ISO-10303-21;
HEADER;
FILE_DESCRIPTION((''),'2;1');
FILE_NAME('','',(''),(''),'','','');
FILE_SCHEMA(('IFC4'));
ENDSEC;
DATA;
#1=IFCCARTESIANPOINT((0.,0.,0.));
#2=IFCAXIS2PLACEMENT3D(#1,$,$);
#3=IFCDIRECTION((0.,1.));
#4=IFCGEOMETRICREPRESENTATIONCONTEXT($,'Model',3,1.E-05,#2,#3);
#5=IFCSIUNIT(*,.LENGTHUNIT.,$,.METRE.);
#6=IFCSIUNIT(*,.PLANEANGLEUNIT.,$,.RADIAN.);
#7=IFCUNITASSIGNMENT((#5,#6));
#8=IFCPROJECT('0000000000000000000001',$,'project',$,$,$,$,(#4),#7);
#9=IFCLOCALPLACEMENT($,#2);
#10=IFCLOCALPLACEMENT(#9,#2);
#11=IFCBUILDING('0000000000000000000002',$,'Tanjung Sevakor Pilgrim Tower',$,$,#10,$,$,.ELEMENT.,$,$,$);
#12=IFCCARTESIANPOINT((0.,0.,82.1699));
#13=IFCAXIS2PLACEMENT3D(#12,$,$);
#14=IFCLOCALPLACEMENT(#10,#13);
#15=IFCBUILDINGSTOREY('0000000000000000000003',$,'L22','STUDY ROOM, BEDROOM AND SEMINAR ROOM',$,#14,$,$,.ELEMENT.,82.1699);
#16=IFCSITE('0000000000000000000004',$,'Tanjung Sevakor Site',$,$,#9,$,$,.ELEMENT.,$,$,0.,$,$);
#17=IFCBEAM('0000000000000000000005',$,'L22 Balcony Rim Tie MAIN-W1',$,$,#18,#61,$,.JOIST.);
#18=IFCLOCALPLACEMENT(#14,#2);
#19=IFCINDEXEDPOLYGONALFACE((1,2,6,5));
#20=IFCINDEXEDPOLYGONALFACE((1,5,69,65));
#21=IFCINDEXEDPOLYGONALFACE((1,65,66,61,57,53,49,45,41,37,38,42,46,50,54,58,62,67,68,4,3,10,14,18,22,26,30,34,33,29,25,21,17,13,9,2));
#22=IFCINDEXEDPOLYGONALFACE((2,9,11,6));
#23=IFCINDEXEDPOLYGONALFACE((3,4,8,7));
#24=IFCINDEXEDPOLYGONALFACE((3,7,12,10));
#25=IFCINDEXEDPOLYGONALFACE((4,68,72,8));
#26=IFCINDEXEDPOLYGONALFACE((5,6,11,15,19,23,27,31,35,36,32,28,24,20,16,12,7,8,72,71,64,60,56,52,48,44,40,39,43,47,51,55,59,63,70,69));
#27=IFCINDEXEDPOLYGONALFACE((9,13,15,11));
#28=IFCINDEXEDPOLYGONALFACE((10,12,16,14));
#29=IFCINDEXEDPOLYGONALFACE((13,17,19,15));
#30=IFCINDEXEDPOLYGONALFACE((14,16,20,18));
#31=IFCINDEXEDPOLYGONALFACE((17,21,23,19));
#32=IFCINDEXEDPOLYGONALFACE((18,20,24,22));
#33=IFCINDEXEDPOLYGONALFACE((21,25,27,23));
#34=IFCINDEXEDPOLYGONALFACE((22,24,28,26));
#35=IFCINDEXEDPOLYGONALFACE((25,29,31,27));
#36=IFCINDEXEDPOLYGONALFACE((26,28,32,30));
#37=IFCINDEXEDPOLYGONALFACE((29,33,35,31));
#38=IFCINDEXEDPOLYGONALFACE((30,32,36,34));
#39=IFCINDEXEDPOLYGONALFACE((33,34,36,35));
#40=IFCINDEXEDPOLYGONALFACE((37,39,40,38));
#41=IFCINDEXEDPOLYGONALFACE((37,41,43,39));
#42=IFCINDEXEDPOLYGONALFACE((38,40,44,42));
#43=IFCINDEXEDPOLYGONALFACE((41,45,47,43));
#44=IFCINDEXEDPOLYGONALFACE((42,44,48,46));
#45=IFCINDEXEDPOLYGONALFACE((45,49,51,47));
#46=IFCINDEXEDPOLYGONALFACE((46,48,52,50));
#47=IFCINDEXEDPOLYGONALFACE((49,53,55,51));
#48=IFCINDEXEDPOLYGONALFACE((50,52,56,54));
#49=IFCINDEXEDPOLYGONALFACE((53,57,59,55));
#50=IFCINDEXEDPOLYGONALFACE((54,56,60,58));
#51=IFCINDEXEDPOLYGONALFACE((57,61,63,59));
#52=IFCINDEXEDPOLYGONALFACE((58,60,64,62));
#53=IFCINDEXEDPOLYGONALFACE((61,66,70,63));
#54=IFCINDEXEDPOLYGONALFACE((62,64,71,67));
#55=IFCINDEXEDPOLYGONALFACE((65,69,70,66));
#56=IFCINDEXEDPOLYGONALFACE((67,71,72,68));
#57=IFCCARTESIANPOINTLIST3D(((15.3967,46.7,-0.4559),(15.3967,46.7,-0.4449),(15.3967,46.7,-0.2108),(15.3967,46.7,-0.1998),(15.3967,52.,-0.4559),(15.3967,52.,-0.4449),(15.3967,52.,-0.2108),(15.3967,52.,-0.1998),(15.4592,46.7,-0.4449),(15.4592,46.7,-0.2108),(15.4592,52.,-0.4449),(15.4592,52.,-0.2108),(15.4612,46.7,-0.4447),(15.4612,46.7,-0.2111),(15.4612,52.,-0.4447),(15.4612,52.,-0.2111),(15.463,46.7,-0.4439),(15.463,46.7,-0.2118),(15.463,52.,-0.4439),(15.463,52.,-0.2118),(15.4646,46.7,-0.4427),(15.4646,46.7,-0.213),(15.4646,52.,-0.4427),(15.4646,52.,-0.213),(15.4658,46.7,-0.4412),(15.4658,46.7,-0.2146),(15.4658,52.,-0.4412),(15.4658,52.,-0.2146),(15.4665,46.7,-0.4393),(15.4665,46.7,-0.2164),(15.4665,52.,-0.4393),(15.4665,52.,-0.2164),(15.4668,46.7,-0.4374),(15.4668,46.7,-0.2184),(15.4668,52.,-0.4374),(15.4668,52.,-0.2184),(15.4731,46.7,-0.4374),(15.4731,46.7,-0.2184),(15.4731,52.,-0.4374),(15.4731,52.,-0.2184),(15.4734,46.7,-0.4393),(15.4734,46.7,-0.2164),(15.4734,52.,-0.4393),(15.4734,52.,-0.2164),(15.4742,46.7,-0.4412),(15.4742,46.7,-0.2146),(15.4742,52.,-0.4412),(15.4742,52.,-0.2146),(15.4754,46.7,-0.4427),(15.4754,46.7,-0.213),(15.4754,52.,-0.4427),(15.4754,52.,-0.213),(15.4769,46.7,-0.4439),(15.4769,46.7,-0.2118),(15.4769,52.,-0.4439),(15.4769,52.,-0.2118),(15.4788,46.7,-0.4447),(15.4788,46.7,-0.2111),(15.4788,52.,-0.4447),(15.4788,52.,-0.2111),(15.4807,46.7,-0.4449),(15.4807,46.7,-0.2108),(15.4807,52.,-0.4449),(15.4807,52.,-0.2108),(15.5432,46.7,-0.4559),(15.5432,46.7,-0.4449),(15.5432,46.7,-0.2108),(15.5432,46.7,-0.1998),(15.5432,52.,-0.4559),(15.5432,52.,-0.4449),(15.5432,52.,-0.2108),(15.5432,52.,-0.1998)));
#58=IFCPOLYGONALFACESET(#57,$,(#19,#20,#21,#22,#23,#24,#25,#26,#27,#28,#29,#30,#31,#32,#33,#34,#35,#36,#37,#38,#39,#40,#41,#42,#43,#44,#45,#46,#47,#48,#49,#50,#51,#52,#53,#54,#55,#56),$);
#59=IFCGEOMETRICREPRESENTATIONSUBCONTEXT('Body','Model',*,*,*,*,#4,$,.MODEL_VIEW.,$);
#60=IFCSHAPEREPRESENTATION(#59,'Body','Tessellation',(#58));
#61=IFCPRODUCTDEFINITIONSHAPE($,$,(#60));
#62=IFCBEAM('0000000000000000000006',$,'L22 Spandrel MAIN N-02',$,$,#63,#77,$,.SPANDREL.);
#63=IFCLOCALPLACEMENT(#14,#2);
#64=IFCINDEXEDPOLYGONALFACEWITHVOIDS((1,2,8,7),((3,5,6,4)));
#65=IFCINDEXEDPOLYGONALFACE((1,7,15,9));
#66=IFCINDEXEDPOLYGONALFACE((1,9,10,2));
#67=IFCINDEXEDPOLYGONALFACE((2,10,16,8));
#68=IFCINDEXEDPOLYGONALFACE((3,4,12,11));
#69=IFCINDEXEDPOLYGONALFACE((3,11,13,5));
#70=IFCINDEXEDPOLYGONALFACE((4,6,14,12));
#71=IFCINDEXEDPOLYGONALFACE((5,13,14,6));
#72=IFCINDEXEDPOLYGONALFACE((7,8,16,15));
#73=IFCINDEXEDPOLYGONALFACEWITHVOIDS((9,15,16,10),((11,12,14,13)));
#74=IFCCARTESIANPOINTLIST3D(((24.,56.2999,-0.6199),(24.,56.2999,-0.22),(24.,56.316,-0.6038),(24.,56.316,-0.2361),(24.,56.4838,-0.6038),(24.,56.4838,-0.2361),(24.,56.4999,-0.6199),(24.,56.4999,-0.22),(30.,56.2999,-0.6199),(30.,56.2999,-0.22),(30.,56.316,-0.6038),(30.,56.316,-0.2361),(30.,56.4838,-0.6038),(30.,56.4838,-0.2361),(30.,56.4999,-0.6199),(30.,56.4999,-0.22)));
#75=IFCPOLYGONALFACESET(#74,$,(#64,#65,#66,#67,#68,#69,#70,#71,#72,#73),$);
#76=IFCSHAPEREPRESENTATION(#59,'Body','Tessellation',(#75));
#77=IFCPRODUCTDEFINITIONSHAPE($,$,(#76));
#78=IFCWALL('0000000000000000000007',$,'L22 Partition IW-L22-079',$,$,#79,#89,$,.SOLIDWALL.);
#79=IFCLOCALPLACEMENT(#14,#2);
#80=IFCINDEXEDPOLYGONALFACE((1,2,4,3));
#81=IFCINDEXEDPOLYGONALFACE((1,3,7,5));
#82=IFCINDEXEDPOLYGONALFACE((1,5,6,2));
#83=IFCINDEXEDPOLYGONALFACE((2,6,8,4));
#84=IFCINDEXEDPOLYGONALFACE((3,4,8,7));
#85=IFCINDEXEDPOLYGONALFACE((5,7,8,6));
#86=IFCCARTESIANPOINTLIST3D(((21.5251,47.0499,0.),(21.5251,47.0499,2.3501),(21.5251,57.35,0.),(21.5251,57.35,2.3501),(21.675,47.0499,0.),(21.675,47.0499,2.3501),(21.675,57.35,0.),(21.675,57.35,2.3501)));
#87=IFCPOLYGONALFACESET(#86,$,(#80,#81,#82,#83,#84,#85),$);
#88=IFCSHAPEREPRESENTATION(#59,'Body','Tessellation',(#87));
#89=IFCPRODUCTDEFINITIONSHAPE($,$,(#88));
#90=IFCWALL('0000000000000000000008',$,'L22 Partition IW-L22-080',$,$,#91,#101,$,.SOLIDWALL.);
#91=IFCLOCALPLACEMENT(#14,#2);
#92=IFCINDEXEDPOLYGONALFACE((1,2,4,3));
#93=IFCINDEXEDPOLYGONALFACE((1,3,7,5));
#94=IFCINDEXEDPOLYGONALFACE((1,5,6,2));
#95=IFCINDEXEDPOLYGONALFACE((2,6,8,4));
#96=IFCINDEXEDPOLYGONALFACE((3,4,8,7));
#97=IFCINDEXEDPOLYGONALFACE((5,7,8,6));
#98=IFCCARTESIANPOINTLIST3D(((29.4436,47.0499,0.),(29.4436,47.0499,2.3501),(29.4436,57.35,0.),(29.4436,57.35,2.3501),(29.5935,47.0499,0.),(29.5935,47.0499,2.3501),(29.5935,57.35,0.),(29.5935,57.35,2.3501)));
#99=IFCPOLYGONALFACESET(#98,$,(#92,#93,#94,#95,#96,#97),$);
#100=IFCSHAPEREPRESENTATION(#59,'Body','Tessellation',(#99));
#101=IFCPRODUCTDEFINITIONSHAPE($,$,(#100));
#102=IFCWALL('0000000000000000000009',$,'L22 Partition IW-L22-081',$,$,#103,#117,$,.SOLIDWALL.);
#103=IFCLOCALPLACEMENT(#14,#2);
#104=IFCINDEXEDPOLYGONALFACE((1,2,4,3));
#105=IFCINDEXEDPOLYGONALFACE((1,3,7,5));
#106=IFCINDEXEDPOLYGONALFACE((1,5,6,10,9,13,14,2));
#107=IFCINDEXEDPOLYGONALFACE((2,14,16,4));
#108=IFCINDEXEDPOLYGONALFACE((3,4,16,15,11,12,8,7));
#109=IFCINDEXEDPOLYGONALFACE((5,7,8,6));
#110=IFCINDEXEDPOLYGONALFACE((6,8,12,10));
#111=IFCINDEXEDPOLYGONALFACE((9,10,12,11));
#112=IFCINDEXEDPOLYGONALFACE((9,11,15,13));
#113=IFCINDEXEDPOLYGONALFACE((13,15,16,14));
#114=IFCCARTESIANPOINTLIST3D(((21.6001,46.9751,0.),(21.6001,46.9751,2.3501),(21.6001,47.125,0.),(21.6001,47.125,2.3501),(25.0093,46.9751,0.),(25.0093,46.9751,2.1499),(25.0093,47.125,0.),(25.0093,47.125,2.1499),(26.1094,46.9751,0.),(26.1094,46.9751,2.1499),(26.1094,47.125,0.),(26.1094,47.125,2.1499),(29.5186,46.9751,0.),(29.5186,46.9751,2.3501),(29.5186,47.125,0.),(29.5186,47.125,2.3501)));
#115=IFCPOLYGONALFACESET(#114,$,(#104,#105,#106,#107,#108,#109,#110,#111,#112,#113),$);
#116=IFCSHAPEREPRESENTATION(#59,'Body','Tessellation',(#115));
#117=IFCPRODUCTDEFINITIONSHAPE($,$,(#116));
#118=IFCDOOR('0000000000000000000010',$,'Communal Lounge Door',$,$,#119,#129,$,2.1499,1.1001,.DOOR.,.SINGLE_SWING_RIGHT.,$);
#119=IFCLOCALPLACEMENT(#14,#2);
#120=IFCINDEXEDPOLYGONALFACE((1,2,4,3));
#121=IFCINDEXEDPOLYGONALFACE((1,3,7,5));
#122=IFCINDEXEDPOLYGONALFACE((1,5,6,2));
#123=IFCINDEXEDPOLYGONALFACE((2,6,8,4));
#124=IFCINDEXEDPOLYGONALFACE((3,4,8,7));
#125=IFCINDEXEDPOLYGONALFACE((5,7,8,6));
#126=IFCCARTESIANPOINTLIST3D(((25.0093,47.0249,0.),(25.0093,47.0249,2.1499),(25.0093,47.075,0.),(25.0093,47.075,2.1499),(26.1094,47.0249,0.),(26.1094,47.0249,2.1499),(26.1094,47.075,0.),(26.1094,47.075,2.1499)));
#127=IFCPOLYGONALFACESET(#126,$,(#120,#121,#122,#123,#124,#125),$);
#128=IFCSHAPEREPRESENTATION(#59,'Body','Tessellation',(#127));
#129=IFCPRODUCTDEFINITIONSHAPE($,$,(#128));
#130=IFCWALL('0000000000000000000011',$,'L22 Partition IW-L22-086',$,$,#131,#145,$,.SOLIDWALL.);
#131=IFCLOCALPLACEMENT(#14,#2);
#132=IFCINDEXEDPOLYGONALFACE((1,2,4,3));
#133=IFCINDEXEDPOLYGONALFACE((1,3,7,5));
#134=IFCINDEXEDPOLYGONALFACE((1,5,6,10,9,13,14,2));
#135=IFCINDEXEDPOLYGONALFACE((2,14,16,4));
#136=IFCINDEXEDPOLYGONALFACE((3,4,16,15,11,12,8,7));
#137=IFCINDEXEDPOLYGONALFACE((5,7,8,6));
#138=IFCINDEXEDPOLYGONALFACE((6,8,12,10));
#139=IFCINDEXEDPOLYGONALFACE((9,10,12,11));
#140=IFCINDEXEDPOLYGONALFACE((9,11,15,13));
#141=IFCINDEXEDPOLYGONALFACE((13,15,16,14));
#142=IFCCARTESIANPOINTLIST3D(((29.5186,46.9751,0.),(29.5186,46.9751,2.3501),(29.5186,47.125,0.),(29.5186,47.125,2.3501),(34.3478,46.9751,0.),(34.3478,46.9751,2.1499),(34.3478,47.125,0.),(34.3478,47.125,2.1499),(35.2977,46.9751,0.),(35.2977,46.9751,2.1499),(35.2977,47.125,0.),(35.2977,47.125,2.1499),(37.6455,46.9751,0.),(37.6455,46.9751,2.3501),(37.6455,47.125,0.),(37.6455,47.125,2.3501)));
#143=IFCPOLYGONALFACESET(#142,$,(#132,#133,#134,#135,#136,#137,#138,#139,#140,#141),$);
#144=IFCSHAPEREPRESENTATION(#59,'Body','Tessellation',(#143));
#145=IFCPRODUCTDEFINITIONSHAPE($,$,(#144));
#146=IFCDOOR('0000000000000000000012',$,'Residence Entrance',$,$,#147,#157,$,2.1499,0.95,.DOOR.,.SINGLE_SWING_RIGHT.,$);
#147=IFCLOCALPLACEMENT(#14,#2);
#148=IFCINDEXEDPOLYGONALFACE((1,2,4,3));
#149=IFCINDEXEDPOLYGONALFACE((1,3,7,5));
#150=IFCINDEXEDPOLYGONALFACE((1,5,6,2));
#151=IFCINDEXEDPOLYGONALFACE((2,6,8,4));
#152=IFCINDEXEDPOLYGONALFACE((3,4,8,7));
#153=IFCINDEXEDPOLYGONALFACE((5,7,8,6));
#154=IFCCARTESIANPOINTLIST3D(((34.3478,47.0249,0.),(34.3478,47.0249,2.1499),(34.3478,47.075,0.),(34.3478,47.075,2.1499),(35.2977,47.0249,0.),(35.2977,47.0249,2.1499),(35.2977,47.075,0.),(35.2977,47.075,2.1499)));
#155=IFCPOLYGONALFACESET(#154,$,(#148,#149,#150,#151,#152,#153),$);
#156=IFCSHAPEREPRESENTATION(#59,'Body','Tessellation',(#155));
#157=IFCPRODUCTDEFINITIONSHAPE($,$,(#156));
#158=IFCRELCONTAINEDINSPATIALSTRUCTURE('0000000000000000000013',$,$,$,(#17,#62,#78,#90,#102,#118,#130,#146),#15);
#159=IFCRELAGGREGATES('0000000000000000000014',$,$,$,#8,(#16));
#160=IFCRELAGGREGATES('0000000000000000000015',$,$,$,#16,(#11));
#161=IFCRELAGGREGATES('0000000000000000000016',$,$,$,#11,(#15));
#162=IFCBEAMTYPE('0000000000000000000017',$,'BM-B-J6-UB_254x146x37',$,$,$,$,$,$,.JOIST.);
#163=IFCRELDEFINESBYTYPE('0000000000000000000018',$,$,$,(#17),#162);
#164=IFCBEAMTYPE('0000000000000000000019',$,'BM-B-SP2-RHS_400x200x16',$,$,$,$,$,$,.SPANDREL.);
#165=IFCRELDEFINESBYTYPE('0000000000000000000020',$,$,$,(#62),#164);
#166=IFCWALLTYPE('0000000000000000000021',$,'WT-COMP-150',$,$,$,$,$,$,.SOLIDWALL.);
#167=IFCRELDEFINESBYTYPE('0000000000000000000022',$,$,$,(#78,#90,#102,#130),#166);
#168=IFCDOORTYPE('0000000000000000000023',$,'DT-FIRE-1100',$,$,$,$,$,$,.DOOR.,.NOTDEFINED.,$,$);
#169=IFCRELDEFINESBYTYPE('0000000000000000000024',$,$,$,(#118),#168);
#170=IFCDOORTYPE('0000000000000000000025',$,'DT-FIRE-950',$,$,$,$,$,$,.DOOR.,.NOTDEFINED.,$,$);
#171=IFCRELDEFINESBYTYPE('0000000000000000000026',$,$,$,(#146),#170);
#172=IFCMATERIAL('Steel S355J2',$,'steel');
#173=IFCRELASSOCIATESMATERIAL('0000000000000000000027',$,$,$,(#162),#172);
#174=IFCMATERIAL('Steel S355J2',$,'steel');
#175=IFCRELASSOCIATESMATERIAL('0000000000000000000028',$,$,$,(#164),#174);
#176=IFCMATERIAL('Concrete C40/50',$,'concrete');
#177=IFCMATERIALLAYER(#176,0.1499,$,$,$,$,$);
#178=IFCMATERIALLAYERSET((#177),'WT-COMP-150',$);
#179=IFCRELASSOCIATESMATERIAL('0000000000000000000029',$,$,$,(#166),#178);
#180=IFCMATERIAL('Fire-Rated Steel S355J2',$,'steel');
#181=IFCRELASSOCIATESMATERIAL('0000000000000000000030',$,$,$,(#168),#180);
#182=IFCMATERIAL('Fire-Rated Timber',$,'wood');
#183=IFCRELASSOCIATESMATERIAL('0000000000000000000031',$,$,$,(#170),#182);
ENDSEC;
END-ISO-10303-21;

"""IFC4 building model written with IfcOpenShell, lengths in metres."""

from ifc_helpers import new_model, si_unit, direction, frame, frame_2d, origin, origin_2d, place, context, subcontext, project, spatial, rectangle, hollow_rectangle, i_section, extrude, material, layer, layer_set, material_profile, profile_set, type_object, element, fill, save


model = new_model("IFC4")

# Units and contexts
model_context = context("Model", 3, precision=1e-05, world=origin(), true_north=direction((0.0, 1.0)))
body_context = subcontext(model_context, "Body", "Model", "MODEL_VIEW")
ifc_project = project(units=[si_unit("LENGTHUNIT", "METRE"), si_unit("PLANEANGLEUNIT", "RADIAN")], contexts=[model_context])

# Site, building, storey
site_placement = place(None, origin())
site = spatial("IfcSite", under=ifc_project, at=site_placement, Name="Tanjung Sevakor Site", CompositionType="ELEMENT", RefElevation=0.0)
building_placement = place(site_placement, origin())
building = spatial("IfcBuilding", under=site, at=building_placement, Name="Tanjung Sevakor Pilgrim Tower", CompositionType="ELEMENT")
storey_placement = place(building_placement, frame((0.0, 0.0, 82.1699)))
storey = spatial("IfcBuildingStorey", under=building, at=storey_placement, Name="L22", Description="STUDY ROOM, BEDROOM AND SEMINAR ROOM", CompositionType="ELEMENT", Elevation=82.1699)

# Beams
ifc_material_1 = material(Name="Steel S355J2", Category="steel")
ifc_material_profile_1 = material_profile(ifc_material_1, i_section(OverallWidth=0.1465, OverallDepth=0.2561, WebThickness=0.0063, FlangeThickness=0.011, FilletRadius=0.0076, at=origin_2d()))
ifc_profile_set_1 = profile_set([ifc_material_profile_1], Name="Steel S355J2")
beam_type_1 = type_object("IfcBeamType", Name="BM-B-J6-UB_254x146x37", PredefinedType="JOIST", material=ifc_profile_set_1)
beam_1_placement = place(storey_placement, frame((15.47, 46.7, -0.3279), z_axis=(0.0, 1.0, 0.0), x_axis=(-1.0, 0.0, 0.0)))
element("IfcBeam", 1, at=beam_1_placement, inside=storey, type_object=beam_type_1, Name="L22 Balcony Rim Tie MAIN-W1", PredefinedType="JOIST", context=body_context, shape_type="SweptSolid", body=[
    extrude(i_section(OverallWidth=0.1465, OverallDepth=0.2561, WebThickness=0.0063, FlangeThickness=0.011, FilletRadius=0.0076, at=origin_2d()), origin(), (0.0, 0.0, 1.0), 5.3),
])
ifc_material_2 = material(Name="Steel S355J2", Category="steel")
ifc_material_profile_2 = material_profile(ifc_material_2, hollow_rectangle(XDim=0.2, YDim=0.3999, WallThickness=0.0161, at=origin_2d()))
ifc_profile_set_2 = profile_set([ifc_material_profile_2], Name="Steel S355J2")
beam_type_2 = type_object("IfcBeamType", Name="BM-B-SP2-RHS_400x200x16", PredefinedType="SPANDREL", material=ifc_profile_set_2)
beam_2_placement = place(storey_placement, frame((24.0, 56.3999, -0.4199), z_axis=(1.0, 0.0, 0.0), x_axis=(0.0, 1.0, 0.0)))
element("IfcBeam", 2, at=beam_2_placement, inside=storey, type_object=beam_type_2, Name="L22 Spandrel MAIN N-02", PredefinedType="SPANDREL", context=body_context, shape_type="SweptSolid", body=[
    extrude(hollow_rectangle(XDim=0.2, YDim=0.3999, WallThickness=0.0161, at=origin_2d()), origin(), (0.0, 0.0, 1.0), 6.0),
])

# Walls
ifc_material_3 = material(Name="Concrete C40/50", Category="concrete")
ifc_layer_1 = layer(ifc_material_3, 0.1499)
ifc_layer_set_1 = layer_set([ifc_layer_1], Name="WT-COMP-150")
wall_type_1 = type_object("IfcWallType", Name="WT-COMP-150", PredefinedType="SOLIDWALL", material=ifc_layer_set_1)
for number, where, z_axis, x_axis, name in (
    (3, (21.6001, 47.05, 0.0), (0.0, 0.0, 1.0), (0.0, 1.0, 0.0), "L22 Partition IW-L22-079"),
    (4, (29.5186, 47.05, 0.0), (0.0, 0.0, 1.0), (0.0, 1.0, 0.0), "L22 Partition IW-L22-080"),
):
    element("IfcWall", number, at=place(storey_placement, frame(where, z_axis=z_axis, x_axis=x_axis)), inside=storey, type_object=wall_type_1, Name=name, PredefinedType="SOLIDWALL", context=body_context, shape_type="SweptSolid", body=[
        extrude(rectangle(XDim=10.3, YDim=0.1499, at=frame_2d((5.1499, 0.0))), origin(), (0.0, 0.0, 1.0), 2.3501),
    ])

# Walls, openings, doors
wall_1_placement = place(storey_placement, frame((21.6001, 47.05, 0.0), z_axis=(0.0, 0.0, 1.0), x_axis=(1.0, 0.0, 0.0)))
wall_1 = element("IfcWall", 5, at=wall_1_placement, inside=storey, type_object=wall_type_1, Name="L22 Partition IW-L22-081", PredefinedType="SOLIDWALL", context=body_context, shape_type="SweptSolid", body=[
    extrude(rectangle(XDim=7.9185, YDim=0.1499, at=frame_2d((3.9592, 0.0))), origin(), (0.0, 0.0, 1.0), 2.3501),
])
opening_1_placement = place(wall_1_placement, frame((3.4092, 0.0, 0.0)))
opening_1 = element("IfcOpeningElement", 6, at=opening_1_placement, cuts=wall_1, PredefinedType="OPENING", context=body_context, shape_type="SweptSolid", body=[
    extrude(rectangle(XDim=1.1001, YDim=2.1499, at=frame_2d((0.55, 1.075))), frame((0.0, 0.085, 0.0), z_axis=(0.0, -1.0, 0.0), x_axis=(1.0, 0.0, 0.0)), (0.0, 0.0, 1.0), 0.1699),
])
ifc_material_4 = material(Name="Fire-Rated Steel S355J2", Category="steel")
door_type_1 = type_object("IfcDoorType", Name="DT-FIRE-1100", OperationType="NOTDEFINED", PredefinedType="DOOR", material=ifc_material_4)
door_1_placement = place(opening_1_placement, origin())
door_1 = element("IfcDoor", 7, at=door_1_placement, inside=storey, type_object=door_type_1, Name="Communal Lounge Door", OperationType="SINGLE_SWING_RIGHT", OverallHeight=2.1499, OverallWidth=1.1001, PredefinedType="DOOR", context=body_context, shape_type="SweptSolid", body=[
    extrude(rectangle(XDim=1.1001, YDim=2.1499, at=frame_2d((0.55, 1.075))), frame((0.0, 0.0249, 0.0), z_axis=(0.0, -1.0, 0.0), x_axis=(1.0, 0.0, 0.0)), (0.0, 0.0, 1.0), 0.05),
])
fill(opening_1, door_1)
wall_2_placement = place(storey_placement, frame((29.5186, 47.05, 0.0), z_axis=(0.0, 0.0, 1.0), x_axis=(1.0, 0.0, 0.0)))
wall_2 = element("IfcWall", 8, at=wall_2_placement, inside=storey, type_object=wall_type_1, Name="L22 Partition IW-L22-086", PredefinedType="SOLIDWALL", context=body_context, shape_type="SweptSolid", body=[
    extrude(rectangle(XDim=8.127, YDim=0.1499, at=frame_2d((4.0635, 0.0))), origin(), (0.0, 0.0, 1.0), 2.3501),
])
opening_2_placement = place(wall_2_placement, frame((4.8291, 0.0, 0.0)))
opening_2 = element("IfcOpeningElement", 9, at=opening_2_placement, cuts=wall_2, PredefinedType="OPENING", context=body_context, shape_type="SweptSolid", body=[
    extrude(rectangle(XDim=0.95, YDim=2.1499, at=frame_2d((0.4751, 1.075))), frame((0.0, 0.085, 0.0), z_axis=(0.0, -1.0, 0.0), x_axis=(1.0, 0.0, 0.0)), (0.0, 0.0, 1.0), 0.1699),
])
ifc_material_5 = material(Name="Fire-Rated Timber", Category="wood")
door_type_2 = type_object("IfcDoorType", Name="DT-FIRE-950", OperationType="NOTDEFINED", PredefinedType="DOOR", material=ifc_material_5)
door_2_placement = place(opening_2_placement, origin())
door_2 = element("IfcDoor", 10, at=door_2_placement, inside=storey, type_object=door_type_2, Name="Residence Entrance", OperationType="SINGLE_SWING_RIGHT", OverallHeight=2.1499, OverallWidth=0.95, PredefinedType="DOOR", context=body_context, shape_type="SweptSolid", body=[
    extrude(rectangle(XDim=0.95, YDim=2.1499, at=frame_2d((0.4751, 1.075))), frame((0.0, 0.0249, 0.0), z_axis=(0.0, -1.0, 0.0), x_axis=(1.0, 0.0, 0.0)), (0.0, 0.0, 1.0), 0.05),
])
fill(opening_2, door_2)

save(model, "model.ifc")
